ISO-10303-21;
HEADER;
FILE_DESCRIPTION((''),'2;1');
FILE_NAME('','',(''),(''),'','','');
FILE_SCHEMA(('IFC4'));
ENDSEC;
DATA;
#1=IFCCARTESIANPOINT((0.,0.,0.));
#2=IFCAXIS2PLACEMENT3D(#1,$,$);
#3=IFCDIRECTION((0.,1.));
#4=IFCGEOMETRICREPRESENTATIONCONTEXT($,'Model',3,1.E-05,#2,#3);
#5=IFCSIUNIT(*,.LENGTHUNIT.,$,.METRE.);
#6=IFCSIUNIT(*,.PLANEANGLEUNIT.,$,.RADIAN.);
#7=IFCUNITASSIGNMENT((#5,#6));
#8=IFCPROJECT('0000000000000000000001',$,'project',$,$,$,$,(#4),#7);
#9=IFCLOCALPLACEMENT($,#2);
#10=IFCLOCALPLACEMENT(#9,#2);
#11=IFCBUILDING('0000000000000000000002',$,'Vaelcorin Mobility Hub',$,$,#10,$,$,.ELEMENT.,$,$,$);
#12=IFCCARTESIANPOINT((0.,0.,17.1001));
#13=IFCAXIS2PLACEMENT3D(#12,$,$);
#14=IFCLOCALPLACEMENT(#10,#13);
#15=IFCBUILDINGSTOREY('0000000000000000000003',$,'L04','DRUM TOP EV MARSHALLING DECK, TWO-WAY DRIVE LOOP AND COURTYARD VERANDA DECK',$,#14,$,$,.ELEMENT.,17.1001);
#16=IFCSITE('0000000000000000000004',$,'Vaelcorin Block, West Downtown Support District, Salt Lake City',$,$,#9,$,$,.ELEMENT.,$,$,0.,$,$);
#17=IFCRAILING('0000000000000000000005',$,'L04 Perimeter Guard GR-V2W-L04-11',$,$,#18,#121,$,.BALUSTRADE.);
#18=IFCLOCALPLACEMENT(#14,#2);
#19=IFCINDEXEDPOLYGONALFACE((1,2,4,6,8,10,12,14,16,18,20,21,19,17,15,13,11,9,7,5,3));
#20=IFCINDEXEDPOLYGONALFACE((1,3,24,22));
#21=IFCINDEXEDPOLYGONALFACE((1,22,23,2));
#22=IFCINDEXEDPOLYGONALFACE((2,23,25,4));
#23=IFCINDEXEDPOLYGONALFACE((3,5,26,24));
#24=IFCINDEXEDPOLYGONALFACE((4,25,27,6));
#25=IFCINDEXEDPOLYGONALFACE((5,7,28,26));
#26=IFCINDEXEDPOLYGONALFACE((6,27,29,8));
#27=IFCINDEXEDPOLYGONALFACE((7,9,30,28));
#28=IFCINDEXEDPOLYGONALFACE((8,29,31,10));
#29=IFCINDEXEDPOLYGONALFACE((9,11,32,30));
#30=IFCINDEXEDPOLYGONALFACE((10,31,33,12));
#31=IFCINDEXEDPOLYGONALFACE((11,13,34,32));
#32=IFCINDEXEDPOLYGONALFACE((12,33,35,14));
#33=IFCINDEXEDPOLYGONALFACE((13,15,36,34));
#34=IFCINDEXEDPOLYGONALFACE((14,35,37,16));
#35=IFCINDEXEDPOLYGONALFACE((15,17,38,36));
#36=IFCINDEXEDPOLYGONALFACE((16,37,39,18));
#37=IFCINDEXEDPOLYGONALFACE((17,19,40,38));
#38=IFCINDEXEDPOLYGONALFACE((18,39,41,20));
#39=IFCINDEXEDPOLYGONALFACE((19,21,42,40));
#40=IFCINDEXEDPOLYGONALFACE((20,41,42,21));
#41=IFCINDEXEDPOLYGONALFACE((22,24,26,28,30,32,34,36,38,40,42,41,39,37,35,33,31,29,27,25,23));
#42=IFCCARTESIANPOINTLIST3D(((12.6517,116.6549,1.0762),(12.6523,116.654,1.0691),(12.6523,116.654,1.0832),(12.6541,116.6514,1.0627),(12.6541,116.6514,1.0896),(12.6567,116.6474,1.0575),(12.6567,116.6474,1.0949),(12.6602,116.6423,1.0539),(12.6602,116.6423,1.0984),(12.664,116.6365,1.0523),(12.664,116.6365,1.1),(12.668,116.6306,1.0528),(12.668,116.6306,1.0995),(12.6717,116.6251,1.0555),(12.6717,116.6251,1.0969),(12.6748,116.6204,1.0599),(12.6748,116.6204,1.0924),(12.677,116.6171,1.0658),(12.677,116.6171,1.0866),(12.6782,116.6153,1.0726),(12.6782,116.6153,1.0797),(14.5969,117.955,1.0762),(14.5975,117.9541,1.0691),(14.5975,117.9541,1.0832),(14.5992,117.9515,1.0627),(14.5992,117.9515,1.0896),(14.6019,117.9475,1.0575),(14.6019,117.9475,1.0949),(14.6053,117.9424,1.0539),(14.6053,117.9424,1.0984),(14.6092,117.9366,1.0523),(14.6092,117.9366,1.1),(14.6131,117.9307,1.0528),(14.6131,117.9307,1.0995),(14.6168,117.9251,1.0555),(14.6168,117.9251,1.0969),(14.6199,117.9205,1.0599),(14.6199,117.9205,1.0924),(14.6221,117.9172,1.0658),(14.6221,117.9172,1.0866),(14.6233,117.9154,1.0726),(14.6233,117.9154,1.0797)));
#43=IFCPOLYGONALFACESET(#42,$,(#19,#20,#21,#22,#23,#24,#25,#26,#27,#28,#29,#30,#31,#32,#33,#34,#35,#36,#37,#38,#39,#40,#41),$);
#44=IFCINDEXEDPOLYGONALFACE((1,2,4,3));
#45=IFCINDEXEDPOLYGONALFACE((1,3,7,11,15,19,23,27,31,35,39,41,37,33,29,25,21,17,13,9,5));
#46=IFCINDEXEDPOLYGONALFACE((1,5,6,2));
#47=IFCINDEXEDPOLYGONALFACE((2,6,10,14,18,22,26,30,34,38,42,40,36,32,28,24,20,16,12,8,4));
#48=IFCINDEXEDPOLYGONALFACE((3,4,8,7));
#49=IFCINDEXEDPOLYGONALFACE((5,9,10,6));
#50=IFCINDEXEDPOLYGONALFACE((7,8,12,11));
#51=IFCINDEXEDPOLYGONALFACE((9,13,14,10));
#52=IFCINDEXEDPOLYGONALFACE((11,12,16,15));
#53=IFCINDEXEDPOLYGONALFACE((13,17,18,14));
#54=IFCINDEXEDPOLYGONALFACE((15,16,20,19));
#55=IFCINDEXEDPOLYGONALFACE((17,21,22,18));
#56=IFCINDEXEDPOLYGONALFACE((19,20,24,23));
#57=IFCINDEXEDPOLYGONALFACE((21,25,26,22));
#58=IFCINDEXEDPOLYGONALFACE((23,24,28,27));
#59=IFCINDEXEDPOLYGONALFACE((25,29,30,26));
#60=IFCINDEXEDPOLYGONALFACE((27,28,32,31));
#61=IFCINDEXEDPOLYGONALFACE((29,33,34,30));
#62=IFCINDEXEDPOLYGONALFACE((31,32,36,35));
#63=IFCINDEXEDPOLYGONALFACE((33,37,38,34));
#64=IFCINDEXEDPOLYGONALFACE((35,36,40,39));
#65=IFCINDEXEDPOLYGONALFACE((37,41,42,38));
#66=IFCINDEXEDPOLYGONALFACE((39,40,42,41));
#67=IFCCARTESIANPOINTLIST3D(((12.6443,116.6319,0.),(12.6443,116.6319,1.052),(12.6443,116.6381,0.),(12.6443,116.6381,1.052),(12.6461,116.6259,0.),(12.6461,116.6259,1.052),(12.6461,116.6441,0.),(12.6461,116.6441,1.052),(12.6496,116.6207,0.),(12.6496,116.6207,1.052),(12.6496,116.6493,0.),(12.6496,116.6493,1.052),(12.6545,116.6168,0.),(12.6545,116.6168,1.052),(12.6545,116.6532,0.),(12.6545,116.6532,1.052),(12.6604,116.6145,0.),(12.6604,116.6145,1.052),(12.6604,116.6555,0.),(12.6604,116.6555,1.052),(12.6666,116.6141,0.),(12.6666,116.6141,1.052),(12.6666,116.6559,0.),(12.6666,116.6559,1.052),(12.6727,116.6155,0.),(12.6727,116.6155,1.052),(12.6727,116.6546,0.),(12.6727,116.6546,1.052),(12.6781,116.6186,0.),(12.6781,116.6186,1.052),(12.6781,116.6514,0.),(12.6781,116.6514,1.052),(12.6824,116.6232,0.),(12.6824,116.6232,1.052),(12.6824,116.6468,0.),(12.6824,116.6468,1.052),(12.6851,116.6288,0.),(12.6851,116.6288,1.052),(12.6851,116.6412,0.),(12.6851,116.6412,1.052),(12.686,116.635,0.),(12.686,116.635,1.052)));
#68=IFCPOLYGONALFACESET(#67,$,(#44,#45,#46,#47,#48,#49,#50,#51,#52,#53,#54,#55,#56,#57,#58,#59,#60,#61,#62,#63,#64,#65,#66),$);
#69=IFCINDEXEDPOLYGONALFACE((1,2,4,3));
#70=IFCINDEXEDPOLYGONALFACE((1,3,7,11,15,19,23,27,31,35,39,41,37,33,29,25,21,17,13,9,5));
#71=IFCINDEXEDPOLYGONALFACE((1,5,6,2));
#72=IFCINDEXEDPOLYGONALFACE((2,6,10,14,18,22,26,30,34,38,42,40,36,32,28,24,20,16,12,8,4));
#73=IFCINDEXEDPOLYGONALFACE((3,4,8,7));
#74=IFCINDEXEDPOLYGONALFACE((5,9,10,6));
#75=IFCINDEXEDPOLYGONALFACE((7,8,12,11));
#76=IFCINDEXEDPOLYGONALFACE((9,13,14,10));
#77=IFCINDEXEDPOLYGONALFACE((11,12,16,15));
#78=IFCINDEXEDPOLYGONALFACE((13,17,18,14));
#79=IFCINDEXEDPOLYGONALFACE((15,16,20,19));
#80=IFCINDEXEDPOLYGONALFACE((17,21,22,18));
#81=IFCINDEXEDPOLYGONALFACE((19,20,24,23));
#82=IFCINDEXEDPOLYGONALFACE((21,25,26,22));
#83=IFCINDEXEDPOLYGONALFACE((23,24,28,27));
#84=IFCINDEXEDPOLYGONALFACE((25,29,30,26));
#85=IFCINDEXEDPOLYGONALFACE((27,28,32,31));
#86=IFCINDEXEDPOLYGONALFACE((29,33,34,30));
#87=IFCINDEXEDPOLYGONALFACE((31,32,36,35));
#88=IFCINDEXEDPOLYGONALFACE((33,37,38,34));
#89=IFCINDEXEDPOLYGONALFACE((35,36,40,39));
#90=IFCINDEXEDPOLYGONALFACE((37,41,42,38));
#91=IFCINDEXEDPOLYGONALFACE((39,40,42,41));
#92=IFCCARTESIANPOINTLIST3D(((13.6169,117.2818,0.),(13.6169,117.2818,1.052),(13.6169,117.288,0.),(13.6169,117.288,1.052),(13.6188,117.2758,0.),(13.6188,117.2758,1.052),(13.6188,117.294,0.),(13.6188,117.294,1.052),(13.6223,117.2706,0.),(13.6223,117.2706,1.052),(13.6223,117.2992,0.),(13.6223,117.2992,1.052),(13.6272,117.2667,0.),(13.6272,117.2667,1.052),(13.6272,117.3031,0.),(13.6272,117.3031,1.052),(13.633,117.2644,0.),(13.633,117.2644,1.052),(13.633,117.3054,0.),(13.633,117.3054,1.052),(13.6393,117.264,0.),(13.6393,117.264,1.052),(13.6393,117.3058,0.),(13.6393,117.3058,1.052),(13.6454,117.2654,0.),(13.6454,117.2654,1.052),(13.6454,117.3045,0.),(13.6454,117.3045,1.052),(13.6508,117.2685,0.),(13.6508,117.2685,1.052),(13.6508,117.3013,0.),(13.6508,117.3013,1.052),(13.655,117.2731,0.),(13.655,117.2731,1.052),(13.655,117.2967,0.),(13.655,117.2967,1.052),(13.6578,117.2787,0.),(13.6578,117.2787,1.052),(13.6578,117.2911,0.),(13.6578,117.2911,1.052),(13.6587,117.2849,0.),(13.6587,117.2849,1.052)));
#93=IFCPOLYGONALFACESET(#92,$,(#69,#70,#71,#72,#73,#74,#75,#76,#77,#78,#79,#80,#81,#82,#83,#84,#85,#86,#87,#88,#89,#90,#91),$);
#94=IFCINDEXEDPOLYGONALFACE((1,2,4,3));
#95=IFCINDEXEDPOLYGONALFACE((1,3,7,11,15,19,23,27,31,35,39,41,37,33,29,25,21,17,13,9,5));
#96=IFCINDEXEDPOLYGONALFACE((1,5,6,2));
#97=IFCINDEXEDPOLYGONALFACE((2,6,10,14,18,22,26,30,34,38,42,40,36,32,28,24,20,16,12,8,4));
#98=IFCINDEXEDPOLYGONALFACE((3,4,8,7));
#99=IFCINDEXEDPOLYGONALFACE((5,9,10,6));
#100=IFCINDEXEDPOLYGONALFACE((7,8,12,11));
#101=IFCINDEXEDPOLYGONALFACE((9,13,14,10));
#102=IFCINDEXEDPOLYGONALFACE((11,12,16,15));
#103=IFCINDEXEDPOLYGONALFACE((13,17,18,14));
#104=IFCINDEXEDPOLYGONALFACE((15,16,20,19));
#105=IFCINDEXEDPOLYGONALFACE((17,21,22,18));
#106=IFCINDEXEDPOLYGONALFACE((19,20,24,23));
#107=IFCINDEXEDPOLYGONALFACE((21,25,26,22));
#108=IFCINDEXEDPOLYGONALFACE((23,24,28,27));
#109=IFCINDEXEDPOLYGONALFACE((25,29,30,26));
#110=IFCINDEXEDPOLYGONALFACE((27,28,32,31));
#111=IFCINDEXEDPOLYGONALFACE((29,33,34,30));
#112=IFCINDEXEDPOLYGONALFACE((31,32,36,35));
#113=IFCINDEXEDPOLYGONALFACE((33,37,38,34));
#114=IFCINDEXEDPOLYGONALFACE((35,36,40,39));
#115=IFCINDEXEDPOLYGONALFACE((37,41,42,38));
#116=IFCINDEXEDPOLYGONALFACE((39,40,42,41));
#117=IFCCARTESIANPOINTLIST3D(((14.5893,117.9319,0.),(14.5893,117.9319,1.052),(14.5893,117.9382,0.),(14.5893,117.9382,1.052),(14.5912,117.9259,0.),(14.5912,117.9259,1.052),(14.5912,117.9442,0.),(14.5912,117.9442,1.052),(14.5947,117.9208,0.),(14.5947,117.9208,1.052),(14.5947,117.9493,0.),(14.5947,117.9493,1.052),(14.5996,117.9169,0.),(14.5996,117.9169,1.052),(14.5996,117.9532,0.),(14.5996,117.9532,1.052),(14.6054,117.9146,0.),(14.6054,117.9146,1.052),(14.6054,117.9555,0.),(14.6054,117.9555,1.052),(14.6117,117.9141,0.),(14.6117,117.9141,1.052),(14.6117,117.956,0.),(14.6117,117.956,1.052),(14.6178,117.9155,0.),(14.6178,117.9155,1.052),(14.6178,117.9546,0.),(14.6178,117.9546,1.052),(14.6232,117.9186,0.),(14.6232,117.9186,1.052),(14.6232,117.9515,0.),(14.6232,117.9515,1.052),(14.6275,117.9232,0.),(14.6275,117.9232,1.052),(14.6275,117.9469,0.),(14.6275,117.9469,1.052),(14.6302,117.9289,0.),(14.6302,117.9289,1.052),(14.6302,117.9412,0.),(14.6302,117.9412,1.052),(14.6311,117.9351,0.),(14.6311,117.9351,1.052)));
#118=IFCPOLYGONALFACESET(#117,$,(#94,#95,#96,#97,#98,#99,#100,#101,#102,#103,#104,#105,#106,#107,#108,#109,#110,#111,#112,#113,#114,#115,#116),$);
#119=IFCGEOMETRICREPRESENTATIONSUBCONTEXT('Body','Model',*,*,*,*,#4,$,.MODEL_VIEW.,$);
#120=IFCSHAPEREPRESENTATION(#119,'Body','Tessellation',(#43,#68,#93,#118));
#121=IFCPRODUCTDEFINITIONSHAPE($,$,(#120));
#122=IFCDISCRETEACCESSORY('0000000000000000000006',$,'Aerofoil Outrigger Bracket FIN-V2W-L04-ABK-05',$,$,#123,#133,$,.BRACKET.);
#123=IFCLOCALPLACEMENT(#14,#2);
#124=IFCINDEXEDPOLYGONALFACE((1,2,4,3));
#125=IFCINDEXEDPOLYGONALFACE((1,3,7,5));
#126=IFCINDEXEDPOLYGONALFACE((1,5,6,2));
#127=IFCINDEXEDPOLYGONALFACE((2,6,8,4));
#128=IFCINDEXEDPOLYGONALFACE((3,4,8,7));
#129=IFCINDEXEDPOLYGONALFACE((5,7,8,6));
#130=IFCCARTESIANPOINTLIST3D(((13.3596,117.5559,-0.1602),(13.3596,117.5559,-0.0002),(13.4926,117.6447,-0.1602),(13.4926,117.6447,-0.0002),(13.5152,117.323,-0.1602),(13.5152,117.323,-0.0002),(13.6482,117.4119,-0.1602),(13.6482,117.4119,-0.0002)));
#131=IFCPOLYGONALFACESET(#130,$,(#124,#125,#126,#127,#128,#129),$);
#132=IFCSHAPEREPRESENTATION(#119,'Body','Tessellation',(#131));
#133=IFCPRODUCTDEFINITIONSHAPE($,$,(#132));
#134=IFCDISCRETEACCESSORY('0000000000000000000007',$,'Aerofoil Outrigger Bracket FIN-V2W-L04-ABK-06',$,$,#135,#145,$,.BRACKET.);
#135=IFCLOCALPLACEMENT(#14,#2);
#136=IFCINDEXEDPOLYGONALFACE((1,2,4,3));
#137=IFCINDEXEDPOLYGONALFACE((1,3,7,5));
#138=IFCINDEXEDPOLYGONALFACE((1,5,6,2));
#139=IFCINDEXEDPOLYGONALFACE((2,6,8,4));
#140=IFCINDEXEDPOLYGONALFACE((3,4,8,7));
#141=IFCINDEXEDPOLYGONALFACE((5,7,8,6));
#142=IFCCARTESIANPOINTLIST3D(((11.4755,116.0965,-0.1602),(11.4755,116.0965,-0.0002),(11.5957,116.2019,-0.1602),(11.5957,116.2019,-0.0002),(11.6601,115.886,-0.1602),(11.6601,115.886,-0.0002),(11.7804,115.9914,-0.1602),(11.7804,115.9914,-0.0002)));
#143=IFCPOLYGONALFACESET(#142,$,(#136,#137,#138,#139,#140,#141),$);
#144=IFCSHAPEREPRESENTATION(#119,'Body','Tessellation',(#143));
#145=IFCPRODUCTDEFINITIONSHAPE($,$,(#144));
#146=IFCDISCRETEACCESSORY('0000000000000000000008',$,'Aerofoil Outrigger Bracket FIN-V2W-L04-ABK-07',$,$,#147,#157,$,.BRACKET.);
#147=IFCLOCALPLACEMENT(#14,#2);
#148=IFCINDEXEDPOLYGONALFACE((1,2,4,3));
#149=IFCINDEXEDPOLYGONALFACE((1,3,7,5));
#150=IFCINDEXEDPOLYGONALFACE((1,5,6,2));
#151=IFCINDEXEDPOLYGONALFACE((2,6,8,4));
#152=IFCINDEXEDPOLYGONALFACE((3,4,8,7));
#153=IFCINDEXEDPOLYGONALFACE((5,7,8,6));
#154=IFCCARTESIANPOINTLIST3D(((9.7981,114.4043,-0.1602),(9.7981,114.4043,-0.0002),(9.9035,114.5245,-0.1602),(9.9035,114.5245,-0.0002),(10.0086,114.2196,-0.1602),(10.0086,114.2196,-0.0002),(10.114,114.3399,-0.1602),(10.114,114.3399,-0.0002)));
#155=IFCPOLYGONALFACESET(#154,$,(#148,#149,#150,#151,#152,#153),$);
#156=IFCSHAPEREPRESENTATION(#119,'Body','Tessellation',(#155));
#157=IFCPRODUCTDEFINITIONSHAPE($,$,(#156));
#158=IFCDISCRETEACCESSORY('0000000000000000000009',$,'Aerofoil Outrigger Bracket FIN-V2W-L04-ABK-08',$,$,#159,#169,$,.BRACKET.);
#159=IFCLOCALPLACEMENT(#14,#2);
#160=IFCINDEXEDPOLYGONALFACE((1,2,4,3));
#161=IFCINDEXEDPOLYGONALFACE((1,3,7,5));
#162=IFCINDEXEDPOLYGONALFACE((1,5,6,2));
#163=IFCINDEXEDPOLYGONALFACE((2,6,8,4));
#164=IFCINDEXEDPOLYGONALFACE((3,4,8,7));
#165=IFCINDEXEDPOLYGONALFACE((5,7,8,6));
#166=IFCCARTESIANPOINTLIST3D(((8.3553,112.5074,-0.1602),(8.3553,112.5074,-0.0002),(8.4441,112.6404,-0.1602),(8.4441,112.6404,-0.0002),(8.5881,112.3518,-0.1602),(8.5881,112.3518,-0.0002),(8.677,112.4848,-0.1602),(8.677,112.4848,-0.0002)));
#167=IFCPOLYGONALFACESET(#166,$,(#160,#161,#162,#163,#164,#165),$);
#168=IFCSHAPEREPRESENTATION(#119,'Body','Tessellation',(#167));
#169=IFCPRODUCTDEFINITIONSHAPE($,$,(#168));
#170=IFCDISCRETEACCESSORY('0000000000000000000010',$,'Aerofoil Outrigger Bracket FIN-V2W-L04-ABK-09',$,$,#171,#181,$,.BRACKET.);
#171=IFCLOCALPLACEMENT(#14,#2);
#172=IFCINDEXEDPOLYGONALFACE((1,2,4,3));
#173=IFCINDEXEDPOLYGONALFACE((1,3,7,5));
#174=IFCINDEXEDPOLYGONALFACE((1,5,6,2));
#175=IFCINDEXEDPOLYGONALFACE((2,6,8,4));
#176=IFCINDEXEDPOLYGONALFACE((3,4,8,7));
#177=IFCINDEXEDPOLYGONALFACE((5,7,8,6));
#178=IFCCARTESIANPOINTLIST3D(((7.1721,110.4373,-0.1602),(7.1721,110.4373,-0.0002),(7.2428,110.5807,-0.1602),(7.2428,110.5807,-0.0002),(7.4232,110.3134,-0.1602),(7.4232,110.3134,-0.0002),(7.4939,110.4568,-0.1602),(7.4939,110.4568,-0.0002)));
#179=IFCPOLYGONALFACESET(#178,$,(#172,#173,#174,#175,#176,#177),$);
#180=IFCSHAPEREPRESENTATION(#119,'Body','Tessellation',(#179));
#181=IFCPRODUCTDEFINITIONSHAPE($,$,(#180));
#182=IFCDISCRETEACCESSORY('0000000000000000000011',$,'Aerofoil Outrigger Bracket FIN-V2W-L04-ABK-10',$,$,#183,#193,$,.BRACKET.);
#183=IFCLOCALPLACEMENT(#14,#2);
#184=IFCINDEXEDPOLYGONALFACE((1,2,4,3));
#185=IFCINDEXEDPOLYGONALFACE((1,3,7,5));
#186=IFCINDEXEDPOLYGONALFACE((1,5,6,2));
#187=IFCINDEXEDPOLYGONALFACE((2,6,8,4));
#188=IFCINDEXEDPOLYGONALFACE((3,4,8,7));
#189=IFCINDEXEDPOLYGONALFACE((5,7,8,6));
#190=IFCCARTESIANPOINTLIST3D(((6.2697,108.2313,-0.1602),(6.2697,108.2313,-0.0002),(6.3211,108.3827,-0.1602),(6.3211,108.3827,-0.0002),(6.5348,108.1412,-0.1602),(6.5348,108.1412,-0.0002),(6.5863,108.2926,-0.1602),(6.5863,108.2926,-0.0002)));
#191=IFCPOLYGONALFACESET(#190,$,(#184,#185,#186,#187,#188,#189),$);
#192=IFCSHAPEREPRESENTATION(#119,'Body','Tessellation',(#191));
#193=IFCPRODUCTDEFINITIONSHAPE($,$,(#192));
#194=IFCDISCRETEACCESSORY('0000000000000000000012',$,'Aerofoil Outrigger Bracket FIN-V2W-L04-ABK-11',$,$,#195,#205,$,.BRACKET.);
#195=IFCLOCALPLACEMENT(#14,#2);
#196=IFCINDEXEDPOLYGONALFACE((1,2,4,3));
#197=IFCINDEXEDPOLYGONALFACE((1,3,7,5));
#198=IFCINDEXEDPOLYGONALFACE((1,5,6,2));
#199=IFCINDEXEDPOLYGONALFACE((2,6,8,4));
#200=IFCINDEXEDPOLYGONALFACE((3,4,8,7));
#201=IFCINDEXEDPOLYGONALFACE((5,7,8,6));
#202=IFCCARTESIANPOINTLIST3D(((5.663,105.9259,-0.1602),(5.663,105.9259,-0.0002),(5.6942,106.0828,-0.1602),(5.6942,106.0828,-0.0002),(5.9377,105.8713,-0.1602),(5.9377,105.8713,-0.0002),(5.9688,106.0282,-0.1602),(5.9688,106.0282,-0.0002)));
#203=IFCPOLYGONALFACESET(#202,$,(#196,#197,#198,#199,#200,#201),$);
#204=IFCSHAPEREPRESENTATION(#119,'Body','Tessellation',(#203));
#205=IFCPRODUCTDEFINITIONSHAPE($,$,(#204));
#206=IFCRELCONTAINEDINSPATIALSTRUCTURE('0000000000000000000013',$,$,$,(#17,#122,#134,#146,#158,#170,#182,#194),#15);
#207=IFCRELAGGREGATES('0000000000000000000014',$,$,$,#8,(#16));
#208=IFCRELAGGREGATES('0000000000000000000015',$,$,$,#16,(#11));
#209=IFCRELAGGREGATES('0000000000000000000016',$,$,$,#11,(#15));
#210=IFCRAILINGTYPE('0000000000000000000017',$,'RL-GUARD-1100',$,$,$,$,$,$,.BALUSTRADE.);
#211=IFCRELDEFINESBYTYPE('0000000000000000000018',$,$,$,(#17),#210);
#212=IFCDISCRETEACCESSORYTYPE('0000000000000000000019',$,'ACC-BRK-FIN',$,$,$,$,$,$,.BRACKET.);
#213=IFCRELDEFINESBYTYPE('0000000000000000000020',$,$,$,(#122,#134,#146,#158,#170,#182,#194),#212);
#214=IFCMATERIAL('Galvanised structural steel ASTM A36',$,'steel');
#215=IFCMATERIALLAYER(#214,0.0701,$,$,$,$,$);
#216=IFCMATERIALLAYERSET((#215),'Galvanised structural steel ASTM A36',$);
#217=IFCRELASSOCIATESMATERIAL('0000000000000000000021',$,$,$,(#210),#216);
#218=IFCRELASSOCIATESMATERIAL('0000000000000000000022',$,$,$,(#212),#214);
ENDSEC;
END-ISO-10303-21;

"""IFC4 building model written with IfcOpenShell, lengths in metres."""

from ifc_helpers import new_model, si_unit, direction, frame, origin, origin_2d, place, context, subcontext, project, spatial, rectangle, circle, extrude, material, layer, layer_set, type_object, element, save


model = new_model("IFC4")

# Units and contexts
model_context = context("Model", 3, precision=1e-05, world=origin(), true_north=direction((0.0, 1.0)))
body_context = subcontext(model_context, "Body", "Model", "MODEL_VIEW")
ifc_project = project(units=[si_unit("LENGTHUNIT", "METRE"), si_unit("PLANEANGLEUNIT", "RADIAN")], contexts=[model_context])

# Site, building, storey
site_placement = place(None, origin())
site = spatial("IfcSite", under=ifc_project, at=site_placement, Name="Vaelcorin Block, West Downtown Support District, Salt Lake City", CompositionType="ELEMENT", RefElevation=0.0)
building_placement = place(site_placement, origin())
building = spatial("IfcBuilding", under=site, at=building_placement, Name="Vaelcorin Mobility Hub", CompositionType="ELEMENT")
storey_placement = place(building_placement, frame((0.0, 0.0, 17.1001)))
storey = spatial("IfcBuildingStorey", under=building, at=storey_placement, Name="L04", Description="DRUM TOP EV MARSHALLING DECK, TWO-WAY DRIVE LOOP AND COURTYARD VERANDA DECK", CompositionType="ELEMENT", Elevation=17.1001)

# Railing
ifc_material_1 = material(Name="Galvanised structural steel ASTM A36", Category="steel")
ifc_layer_1 = layer(ifc_material_1, 0.0701)
ifc_layer_set_1 = layer_set([ifc_layer_1], Name="Galvanised structural steel ASTM A36")
railing_type = type_object("IfcRailingType", Name="RL-GUARD-1100", PredefinedType="BALUSTRADE", material=ifc_layer_set_1)
railing_1_placement = place(storey_placement, frame((12.665, 116.635, 0.0)))
element("IfcRailing", 1, at=railing_1_placement, inside=storey, type_object=railing_type, Name="L04 Perimeter Guard GR-V2W-L04-11", PredefinedType="BALUSTRADE", context=body_context, shape_type="SweptSolid", body=[
    extrude(circle(Radius=0.0239, at=origin_2d()), frame((0.0, 0.0, 1.0762), z_axis=(0.831391, 0.555687, 0.0), x_axis=(-0.555687, 0.831391, 0.0)), (0.0, 0.0, 1.0), 2.3396),
    extrude(circle(Radius=0.021, at=origin_2d()), origin(), (0.0, 0.0, 1.0), 1.052),
    extrude(circle(Radius=0.021, at=origin_2d()), frame((0.9727, 0.6499, 0.0)), (0.0, 0.0, 1.0), 1.052),
    extrude(circle(Radius=0.021, at=origin_2d()), frame((1.9451, 1.3, 0.0)), (0.0, 0.0, 1.0), 1.052),
])

# Discrete accessories
discrete_accessory_type = type_object("IfcDiscreteAccessoryType", Name="ACC-BRK-FIN", PredefinedType="BRACKET", material=ifc_material_1)
for number, where, z_axis, x_axis, name in (
    (2, (13.5039, 117.4839, -0.1602), (0.0, 0.0, 1.0), (-0.555483, 0.831528, 0.0), "Aerofoil Outrigger Bracket FIN-V2W-L04-ABK-05"),
    (3, (11.6279, 116.0439, -0.1602), (0.0, 0.0, 1.0), (-0.65928, 0.751897, 0.0), "Aerofoil Outrigger Bracket FIN-V2W-L04-ABK-06"),
    (4, (9.9561, 114.3721, -0.1602), (0.0, 0.0, 1.0), (-0.751897, 0.65928, 0.0), "Aerofoil Outrigger Bracket FIN-V2W-L04-ABK-07"),
    (5, (8.5161, 112.4961, -0.1602), (0.0, 0.0, 1.0), (-0.831528, 0.555483, 0.0), "Aerofoil Outrigger Bracket FIN-V2W-L04-ABK-08"),
    (6, (7.333, 110.447, -0.1602), (0.0, 0.0, 1.0), (-0.896796, 0.442445, 0.0), "Aerofoil Outrigger Bracket FIN-V2W-L04-ABK-09"),
    (7, (6.428, 108.262, -0.1602), (0.0, 0.0, 1.0), (-0.946885, 0.321572, 0.0), "Aerofoil Outrigger Bracket FIN-V2W-L04-ABK-10"),
    (8, (5.8159, 105.9771, -0.1602), (0.0, 0.0, 1.0), (-0.980826, 0.194885, 0.0), "Aerofoil Outrigger Bracket FIN-V2W-L04-ABK-11"),
):
    element("IfcDiscreteAccessory", number, at=place(storey_placement, frame(where, z_axis=z_axis, x_axis=x_axis)), inside=storey, type_object=discrete_accessory_type, Name=name, PredefinedType="BRACKET", context=body_context, shape_type="SweptSolid", body=[
        extrude(rectangle(XDim=0.28, YDim=0.1599, at=origin_2d()), origin(), (0.0, 0.0, 1.0), 0.1599),
    ])

save(model, "model.ifc")
